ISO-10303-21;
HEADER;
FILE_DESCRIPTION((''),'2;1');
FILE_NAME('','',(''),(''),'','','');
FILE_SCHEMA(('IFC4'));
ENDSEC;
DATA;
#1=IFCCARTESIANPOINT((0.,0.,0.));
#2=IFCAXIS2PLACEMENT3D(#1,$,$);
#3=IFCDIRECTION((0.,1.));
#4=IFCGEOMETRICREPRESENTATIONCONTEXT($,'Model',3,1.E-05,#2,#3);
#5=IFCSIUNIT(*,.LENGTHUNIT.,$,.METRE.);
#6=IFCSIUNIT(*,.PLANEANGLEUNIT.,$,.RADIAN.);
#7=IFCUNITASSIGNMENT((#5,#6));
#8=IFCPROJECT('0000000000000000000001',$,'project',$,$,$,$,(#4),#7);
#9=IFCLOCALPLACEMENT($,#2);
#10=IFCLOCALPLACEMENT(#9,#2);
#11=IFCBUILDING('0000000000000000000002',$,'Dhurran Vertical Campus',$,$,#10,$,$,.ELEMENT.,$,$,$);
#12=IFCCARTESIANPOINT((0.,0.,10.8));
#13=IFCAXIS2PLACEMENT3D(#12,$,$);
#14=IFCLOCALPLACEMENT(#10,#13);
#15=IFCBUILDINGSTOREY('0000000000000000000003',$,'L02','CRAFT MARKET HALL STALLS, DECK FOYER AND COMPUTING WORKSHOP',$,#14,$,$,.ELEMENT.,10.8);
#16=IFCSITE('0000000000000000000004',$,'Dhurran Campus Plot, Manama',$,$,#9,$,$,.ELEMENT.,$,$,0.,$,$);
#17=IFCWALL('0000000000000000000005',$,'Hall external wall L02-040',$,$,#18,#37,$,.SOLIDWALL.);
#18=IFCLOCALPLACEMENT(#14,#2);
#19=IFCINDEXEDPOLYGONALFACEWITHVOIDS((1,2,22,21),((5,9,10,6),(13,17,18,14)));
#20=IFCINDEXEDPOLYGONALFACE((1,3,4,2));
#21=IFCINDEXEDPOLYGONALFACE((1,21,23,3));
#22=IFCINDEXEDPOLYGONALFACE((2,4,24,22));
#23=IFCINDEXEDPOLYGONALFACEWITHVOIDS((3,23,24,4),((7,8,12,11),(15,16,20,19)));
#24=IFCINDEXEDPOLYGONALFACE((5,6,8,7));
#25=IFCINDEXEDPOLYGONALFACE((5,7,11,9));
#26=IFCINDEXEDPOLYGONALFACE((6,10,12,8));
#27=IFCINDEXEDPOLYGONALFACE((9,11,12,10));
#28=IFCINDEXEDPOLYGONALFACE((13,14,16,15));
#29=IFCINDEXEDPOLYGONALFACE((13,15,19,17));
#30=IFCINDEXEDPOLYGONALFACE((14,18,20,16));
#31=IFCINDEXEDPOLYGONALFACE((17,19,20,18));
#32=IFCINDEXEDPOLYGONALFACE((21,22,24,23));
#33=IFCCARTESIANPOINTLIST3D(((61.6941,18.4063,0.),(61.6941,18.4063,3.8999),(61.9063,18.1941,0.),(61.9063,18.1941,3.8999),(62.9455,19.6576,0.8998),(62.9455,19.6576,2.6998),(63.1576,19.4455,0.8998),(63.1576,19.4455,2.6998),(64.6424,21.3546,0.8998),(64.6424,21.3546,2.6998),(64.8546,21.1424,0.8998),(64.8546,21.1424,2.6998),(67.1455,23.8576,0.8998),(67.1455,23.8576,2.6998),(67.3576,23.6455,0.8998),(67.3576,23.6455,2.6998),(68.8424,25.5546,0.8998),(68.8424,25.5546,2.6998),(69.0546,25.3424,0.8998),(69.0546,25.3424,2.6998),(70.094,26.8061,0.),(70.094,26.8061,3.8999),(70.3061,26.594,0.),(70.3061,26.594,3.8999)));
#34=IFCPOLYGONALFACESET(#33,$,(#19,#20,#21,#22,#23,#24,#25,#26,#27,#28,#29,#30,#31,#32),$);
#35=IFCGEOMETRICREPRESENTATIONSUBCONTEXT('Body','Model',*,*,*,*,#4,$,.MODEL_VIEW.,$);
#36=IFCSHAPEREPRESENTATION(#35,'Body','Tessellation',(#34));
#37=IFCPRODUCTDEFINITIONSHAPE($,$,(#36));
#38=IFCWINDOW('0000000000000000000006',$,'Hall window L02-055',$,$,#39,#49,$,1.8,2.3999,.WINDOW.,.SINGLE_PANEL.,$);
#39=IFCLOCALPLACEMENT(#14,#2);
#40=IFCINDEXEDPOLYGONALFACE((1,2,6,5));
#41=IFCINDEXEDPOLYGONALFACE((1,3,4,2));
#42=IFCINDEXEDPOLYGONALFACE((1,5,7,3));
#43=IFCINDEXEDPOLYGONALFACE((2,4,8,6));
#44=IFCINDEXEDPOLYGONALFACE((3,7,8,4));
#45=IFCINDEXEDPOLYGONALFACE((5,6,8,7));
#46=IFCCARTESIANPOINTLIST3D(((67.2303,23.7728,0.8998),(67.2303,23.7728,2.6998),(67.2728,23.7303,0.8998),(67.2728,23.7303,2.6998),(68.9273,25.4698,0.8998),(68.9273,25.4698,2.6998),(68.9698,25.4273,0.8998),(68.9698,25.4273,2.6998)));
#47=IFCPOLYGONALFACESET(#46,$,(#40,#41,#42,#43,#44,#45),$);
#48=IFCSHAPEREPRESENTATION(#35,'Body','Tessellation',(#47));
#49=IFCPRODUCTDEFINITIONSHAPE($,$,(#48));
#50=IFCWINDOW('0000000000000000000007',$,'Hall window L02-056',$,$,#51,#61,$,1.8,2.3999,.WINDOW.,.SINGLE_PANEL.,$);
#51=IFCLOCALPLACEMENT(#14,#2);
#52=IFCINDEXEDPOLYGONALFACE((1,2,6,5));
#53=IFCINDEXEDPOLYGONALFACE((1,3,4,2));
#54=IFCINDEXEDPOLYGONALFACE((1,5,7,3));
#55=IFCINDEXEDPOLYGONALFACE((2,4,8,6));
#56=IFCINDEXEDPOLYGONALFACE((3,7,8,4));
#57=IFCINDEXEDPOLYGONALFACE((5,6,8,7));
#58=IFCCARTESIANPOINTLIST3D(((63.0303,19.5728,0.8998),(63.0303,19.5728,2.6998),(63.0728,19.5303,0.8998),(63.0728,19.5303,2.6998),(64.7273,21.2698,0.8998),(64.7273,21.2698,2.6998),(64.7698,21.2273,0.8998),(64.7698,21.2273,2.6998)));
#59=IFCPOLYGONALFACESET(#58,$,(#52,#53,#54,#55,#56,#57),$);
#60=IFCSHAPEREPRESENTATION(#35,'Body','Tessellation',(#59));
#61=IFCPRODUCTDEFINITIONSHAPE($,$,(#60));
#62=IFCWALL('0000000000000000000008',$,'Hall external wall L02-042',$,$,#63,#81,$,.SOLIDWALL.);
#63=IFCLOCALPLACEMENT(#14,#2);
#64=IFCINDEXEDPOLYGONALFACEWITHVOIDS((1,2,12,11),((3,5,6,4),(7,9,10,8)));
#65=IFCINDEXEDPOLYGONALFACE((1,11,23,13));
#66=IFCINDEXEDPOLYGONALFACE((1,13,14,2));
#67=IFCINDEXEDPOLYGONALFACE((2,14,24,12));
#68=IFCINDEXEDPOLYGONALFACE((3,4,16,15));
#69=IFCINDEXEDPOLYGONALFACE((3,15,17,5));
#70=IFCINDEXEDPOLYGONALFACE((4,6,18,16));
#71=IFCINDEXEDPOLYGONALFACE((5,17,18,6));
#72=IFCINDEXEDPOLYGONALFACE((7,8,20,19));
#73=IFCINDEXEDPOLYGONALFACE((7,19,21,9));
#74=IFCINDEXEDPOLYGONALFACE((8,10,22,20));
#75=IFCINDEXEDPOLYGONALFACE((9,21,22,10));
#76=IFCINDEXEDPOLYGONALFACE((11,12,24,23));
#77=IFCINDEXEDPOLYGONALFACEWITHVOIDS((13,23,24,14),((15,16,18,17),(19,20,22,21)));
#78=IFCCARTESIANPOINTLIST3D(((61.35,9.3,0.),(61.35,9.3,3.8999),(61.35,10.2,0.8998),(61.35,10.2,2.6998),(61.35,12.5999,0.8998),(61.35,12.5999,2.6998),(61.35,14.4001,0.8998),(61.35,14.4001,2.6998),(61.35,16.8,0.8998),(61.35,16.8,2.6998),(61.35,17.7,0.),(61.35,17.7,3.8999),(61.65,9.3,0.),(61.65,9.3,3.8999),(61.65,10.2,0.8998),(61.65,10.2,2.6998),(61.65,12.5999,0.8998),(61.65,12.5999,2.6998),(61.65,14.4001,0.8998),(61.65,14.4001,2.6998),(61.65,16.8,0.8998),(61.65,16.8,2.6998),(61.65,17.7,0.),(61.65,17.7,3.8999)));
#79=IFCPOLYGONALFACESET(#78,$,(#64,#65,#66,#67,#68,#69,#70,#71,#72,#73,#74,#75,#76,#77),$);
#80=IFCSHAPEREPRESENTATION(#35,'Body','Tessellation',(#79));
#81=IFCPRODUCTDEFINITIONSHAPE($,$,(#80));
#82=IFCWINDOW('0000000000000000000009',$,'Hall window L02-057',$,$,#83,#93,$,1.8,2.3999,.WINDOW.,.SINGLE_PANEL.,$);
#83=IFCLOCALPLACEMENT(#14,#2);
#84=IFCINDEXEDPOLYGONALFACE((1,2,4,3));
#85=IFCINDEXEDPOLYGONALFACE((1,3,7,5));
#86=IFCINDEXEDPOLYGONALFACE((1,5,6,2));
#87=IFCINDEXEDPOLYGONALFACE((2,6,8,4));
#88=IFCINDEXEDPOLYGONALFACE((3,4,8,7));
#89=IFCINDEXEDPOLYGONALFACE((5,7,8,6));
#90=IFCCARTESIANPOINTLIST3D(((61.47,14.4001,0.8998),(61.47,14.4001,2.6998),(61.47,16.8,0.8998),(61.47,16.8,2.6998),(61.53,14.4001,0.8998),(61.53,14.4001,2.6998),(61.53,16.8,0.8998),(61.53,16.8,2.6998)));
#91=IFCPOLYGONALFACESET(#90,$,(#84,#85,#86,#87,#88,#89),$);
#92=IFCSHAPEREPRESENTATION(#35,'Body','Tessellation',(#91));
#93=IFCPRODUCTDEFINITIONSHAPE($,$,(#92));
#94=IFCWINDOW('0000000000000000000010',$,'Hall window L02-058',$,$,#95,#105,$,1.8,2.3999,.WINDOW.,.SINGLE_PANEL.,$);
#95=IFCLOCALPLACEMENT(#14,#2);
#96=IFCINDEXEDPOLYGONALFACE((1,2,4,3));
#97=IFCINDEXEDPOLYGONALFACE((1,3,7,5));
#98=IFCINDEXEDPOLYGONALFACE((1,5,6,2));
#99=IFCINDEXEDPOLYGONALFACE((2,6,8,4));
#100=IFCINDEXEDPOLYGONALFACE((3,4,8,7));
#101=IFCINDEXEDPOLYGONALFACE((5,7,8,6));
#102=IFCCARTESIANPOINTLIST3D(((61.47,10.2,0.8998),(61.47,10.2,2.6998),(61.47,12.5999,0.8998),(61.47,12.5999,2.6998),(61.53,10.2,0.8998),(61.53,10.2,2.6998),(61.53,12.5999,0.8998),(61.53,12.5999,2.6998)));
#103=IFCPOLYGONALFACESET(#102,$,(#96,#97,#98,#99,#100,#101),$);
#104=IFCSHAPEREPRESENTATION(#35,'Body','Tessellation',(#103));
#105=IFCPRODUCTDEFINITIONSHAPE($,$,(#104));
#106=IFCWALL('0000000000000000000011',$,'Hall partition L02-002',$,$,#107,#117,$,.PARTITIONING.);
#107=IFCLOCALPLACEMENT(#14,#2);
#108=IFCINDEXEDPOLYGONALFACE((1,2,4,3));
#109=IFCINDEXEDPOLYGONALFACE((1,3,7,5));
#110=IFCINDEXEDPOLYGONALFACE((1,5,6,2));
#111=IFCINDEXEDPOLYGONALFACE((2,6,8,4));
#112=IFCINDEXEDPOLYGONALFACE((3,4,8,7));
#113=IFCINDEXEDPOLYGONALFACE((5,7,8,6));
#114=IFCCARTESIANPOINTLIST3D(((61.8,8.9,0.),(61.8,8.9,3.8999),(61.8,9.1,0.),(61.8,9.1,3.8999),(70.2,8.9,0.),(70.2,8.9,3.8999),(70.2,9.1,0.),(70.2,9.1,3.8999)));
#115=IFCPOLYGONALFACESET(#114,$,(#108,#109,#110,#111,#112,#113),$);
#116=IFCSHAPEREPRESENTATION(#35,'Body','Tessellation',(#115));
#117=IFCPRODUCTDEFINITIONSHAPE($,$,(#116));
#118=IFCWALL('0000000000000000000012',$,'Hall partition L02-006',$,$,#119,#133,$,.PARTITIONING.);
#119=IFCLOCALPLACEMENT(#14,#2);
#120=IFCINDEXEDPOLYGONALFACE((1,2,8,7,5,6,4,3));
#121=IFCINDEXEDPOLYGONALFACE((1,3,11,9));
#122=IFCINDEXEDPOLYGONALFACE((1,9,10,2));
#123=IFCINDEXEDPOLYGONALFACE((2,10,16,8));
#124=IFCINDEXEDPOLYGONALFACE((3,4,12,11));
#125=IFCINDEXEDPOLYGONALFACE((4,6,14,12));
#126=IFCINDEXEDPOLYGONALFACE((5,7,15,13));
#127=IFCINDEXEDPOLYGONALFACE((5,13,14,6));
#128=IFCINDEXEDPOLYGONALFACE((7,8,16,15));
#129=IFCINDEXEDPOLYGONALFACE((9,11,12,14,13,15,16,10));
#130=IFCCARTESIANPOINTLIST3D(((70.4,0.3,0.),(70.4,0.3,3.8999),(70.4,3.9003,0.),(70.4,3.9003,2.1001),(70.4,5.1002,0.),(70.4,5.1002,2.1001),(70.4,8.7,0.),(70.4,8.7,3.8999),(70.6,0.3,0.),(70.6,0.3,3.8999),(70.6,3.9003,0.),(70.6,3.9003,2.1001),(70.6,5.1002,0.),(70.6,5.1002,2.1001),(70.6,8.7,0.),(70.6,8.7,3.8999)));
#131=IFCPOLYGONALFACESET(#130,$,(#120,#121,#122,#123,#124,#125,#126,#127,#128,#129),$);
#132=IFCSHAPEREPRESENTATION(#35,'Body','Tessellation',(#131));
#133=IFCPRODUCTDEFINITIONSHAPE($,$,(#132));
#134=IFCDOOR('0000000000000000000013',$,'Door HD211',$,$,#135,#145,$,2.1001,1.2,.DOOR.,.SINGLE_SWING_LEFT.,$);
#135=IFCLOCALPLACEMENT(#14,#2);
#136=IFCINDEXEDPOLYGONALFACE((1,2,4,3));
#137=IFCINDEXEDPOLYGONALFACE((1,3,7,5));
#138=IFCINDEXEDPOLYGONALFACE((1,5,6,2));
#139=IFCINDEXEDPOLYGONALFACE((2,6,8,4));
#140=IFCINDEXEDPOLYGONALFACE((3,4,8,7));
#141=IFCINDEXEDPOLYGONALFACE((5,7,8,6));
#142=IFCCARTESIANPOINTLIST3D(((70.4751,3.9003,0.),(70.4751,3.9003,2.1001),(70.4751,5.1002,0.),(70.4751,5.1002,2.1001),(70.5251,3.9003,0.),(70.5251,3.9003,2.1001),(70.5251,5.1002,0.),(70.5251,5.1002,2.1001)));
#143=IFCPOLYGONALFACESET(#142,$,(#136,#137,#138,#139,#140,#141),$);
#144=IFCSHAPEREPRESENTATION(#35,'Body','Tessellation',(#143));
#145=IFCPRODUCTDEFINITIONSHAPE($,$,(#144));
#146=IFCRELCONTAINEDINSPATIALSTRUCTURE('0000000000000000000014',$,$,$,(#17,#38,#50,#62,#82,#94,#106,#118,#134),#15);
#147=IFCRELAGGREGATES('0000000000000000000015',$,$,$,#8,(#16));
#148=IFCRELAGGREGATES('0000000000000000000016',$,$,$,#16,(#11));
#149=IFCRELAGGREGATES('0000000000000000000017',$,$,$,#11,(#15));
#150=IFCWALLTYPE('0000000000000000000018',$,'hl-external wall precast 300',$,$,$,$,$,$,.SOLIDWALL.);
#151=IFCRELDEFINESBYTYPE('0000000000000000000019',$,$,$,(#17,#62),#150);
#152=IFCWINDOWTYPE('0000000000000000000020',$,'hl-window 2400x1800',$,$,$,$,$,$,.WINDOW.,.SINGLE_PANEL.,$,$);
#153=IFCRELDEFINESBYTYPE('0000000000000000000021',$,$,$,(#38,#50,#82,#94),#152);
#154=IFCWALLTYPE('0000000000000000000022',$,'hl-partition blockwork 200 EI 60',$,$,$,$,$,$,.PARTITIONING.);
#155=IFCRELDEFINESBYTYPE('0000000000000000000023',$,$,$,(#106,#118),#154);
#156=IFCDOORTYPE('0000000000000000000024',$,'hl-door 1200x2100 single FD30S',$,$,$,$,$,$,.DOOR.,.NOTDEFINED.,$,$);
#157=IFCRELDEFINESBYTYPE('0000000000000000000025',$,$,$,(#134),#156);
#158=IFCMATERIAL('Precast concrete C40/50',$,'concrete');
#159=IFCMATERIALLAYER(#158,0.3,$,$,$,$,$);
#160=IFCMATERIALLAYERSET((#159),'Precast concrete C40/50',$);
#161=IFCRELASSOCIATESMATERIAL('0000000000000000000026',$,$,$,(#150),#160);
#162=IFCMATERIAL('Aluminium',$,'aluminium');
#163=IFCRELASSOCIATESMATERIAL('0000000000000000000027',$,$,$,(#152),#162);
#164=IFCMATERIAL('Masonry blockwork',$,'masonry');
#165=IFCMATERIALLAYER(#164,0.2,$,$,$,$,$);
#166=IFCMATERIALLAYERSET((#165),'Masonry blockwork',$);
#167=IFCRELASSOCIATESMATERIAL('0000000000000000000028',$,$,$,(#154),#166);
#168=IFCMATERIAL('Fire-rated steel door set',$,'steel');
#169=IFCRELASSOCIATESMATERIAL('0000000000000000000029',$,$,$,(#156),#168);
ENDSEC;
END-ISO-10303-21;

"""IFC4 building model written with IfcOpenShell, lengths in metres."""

from ifc_helpers import new_model, si_unit, direction, frame, frame_2d, origin, place, context, subcontext, project, spatial, rectangle, extrude, material, layer, layer_set, type_object, element, fill, save


model = new_model("IFC4")

# Units and contexts
model_context = context("Model", 3, precision=1e-05, world=origin(), true_north=direction((0.0, 1.0)))
body_context = subcontext(model_context, "Body", "Model", "MODEL_VIEW")
ifc_project = project(units=[si_unit("LENGTHUNIT", "METRE"), si_unit("PLANEANGLEUNIT", "RADIAN")], contexts=[model_context])

# Site, building, storey
site_placement = place(None, origin())
site = spatial("IfcSite", under=ifc_project, at=site_placement, Name="Dhurran Campus Plot, Manama", CompositionType="ELEMENT", RefElevation=0.0)
building_placement = place(site_placement, origin())
building = spatial("IfcBuilding", under=site, at=building_placement, Name="Dhurran Vertical Campus", CompositionType="ELEMENT")
storey_placement = place(building_placement, frame((0.0, 0.0, 10.8)))
storey = spatial("IfcBuildingStorey", under=building, at=storey_placement, Name="L02", Description="CRAFT MARKET HALL STALLS, DECK FOYER AND COMPUTING WORKSHOP", CompositionType="ELEMENT", Elevation=10.8)

# Walls, openings, windows
ifc_material_1 = material(Name="Precast concrete C40/50", Category="concrete")
ifc_layer_1 = layer(ifc_material_1, 0.3)
ifc_layer_set_1 = layer_set([ifc_layer_1], Name="Precast concrete C40/50")
wall_type_1 = type_object("IfcWallType", Name="hl-external wall precast 300", PredefinedType="SOLIDWALL", material=ifc_layer_set_1)
wall_1_placement = place(storey_placement, frame((70.2, 26.7, 0.0), z_axis=(0.0, 0.0, 1.0), x_axis=(-0.707107, -0.707107, 0.0)))
wall_1 = element("IfcWall", 1, at=wall_1_placement, inside=storey, type_object=wall_type_1, Name="Hall external wall L02-040", PredefinedType="SOLIDWALL", context=body_context, shape_type="SweptSolid", body=[
    extrude(rectangle(XDim=11.8792, YDim=0.3, at=frame_2d((5.9395, 0.0))), origin(), (0.0, 0.0, 1.0), 3.8999),
])
opening_1_placement = place(wall_1_placement, frame((1.7698, 0.0, 0.8999)))
opening_1 = element("IfcOpeningElement", 2, at=opening_1_placement, cuts=wall_1, PredefinedType="OPENING", context=body_context, shape_type="SweptSolid", body=[
    extrude(rectangle(XDim=2.3999, YDim=1.8, at=frame_2d((1.2, 0.8999))), frame((0.0, 0.1599, 0.0), z_axis=(0.0, -1.0, 0.0), x_axis=(1.0, 0.0, 0.0)), (0.0, 0.0, 1.0), 0.3201),
])
opening_2_placement = place(wall_1_placement, frame((7.7095, 0.0, 0.8999)))
opening_2 = element("IfcOpeningElement", 3, at=opening_2_placement, cuts=wall_1, PredefinedType="OPENING", context=body_context, shape_type="SweptSolid", body=[
    extrude(rectangle(XDim=2.3999, YDim=1.8, at=frame_2d((1.2, 0.8999))), frame((0.0, 0.1599, 0.0), z_axis=(0.0, -1.0, 0.0), x_axis=(1.0, 0.0, 0.0)), (0.0, 0.0, 1.0), 0.3201),
])
ifc_material_2 = material(Name="Aluminium", Category="aluminium")
window_type = type_object("IfcWindowType", Name="hl-window 2400x1800", PartitioningType="SINGLE_PANEL", PredefinedType="WINDOW", material=ifc_material_2)
window_1_placement = place(opening_1_placement, origin())
window_1 = element("IfcWindow", 4, at=window_1_placement, inside=storey, type_object=window_type, Name="Hall window L02-055", OverallHeight=1.8, OverallWidth=2.3999, PartitioningType="SINGLE_PANEL", PredefinedType="WINDOW", context=body_context, shape_type="SweptSolid", body=[
    extrude(rectangle(XDim=2.3999, YDim=1.8, at=frame_2d((1.2, 0.8999))), frame((0.0, 0.03, 0.0), z_axis=(0.0, -1.0, 0.0), x_axis=(1.0, 0.0, 0.0)), (0.0, 0.0, 1.0), 0.0601),
])
fill(opening_1, window_1)
window_2_placement = place(opening_2_placement, origin())
window_2 = element("IfcWindow", 5, at=window_2_placement, inside=storey, type_object=window_type, Name="Hall window L02-056", OverallHeight=1.8, OverallWidth=2.3999, PartitioningType="SINGLE_PANEL", PredefinedType="WINDOW", context=body_context, shape_type="SweptSolid", body=[
    extrude(rectangle(XDim=2.3999, YDim=1.8, at=frame_2d((1.2, 0.8999))), frame((0.0, 0.03, 0.0), z_axis=(0.0, -1.0, 0.0), x_axis=(1.0, 0.0, 0.0)), (0.0, 0.0, 1.0), 0.0601),
])
fill(opening_2, window_2)
wall_2_placement = place(storey_placement, frame((61.5, 17.7, 0.0), z_axis=(0.0, 0.0, 1.0), x_axis=(0.0, -1.0, 0.0)))
wall_2 = element("IfcWall", 6, at=wall_2_placement, inside=storey, type_object=wall_type_1, Name="Hall external wall L02-042", PredefinedType="SOLIDWALL", context=body_context, shape_type="SweptSolid", body=[
    extrude(rectangle(XDim=8.3999, YDim=0.3, at=frame_2d((4.2, 0.0))), origin(), (0.0, 0.0, 1.0), 3.8999),
])
opening_3_placement = place(wall_2_placement, frame((0.8999, 0.0, 0.8999)))
opening_3 = element("IfcOpeningElement", 7, at=opening_3_placement, cuts=wall_2, PredefinedType="OPENING", context=body_context, shape_type="SweptSolid", body=[
    extrude(rectangle(XDim=2.3999, YDim=1.8, at=frame_2d((1.2, 0.8999))), frame((0.0, 0.1599, 0.0), z_axis=(0.0, -1.0, 0.0), x_axis=(1.0, 0.0, 0.0)), (0.0, 0.0, 1.0), 0.3201),
])
opening_4_placement = place(wall_2_placement, frame((5.1001, 0.0, 0.8999)))
opening_4 = element("IfcOpeningElement", 8, at=opening_4_placement, cuts=wall_2, PredefinedType="OPENING", context=body_context, shape_type="SweptSolid", body=[
    extrude(rectangle(XDim=2.3999, YDim=1.8, at=frame_2d((1.2, 0.8999))), frame((0.0, 0.1599, 0.0), z_axis=(0.0, -1.0, 0.0), x_axis=(1.0, 0.0, 0.0)), (0.0, 0.0, 1.0), 0.3201),
])
window_3_placement = place(opening_3_placement, origin())
window_3 = element("IfcWindow", 9, at=window_3_placement, inside=storey, type_object=window_type, Name="Hall window L02-057", OverallHeight=1.8, OverallWidth=2.3999, PartitioningType="SINGLE_PANEL", PredefinedType="WINDOW", context=body_context, shape_type="SweptSolid", body=[
    extrude(rectangle(XDim=2.3999, YDim=1.8, at=frame_2d((1.2, 0.8999))), frame((0.0, 0.03, 0.0), z_axis=(0.0, -1.0, 0.0), x_axis=(1.0, 0.0, 0.0)), (0.0, 0.0, 1.0), 0.0601),
])
fill(opening_3, window_3)
window_4_placement = place(opening_4_placement, origin())
window_4 = element("IfcWindow", 10, at=window_4_placement, inside=storey, type_object=window_type, Name="Hall window L02-058", OverallHeight=1.8, OverallWidth=2.3999, PartitioningType="SINGLE_PANEL", PredefinedType="WINDOW", context=body_context, shape_type="SweptSolid", body=[
    extrude(rectangle(XDim=2.3999, YDim=1.8, at=frame_2d((1.2, 0.8999))), frame((0.0, 0.03, 0.0), z_axis=(0.0, -1.0, 0.0), x_axis=(1.0, 0.0, 0.0)), (0.0, 0.0, 1.0), 0.0601),
])
fill(opening_4, window_4)

# Wall
ifc_material_3 = material(Name="Masonry blockwork", Category="masonry")
ifc_layer_2 = layer(ifc_material_3, 0.2)
ifc_layer_set_2 = layer_set([ifc_layer_2], Name="Masonry blockwork")
wall_type_2 = type_object("IfcWallType", Name="hl-partition blockwork 200 EI 60", PredefinedType="PARTITIONING", material=ifc_layer_set_2)
wall_3_placement = place(storey_placement, frame((61.8, 9.0, 0.0), z_axis=(0.0, 0.0, 1.0), x_axis=(1.0, 0.0, 0.0)))
element("IfcWall", 11, at=wall_3_placement, inside=storey, type_object=wall_type_2, Name="Hall partition L02-002", PredefinedType="PARTITIONING", context=body_context, shape_type="SweptSolid", body=[
    extrude(rectangle(XDim=8.3999, YDim=0.2, at=frame_2d((4.2, 0.0))), origin(), (0.0, 0.0, 1.0), 3.8999),
])

# Wall, opening, door
wall_4_placement = place(storey_placement, frame((70.5, 0.3, 0.0), z_axis=(0.0, 0.0, 1.0), x_axis=(0.0, 1.0, 0.0)))
wall_4 = element("IfcWall", 12, at=wall_4_placement, inside=storey, type_object=wall_type_2, Name="Hall partition L02-006", PredefinedType="PARTITIONING", context=body_context, shape_type="SweptSolid", body=[
    extrude(rectangle(XDim=8.3999, YDim=0.2, at=frame_2d((4.2, 0.0))), origin(), (0.0, 0.0, 1.0), 3.8999),
])
opening_5_placement = place(wall_4_placement, frame((3.6001, 0.0, 0.0)))
opening_5 = element("IfcOpeningElement", 13, at=opening_5_placement, cuts=wall_4, PredefinedType="OPENING", context=body_context, shape_type="SweptSolid", body=[
    extrude(rectangle(XDim=1.2, YDim=2.1001, at=frame_2d((0.6001, 1.05))), frame((0.0, 0.1099, 0.0), z_axis=(0.0, -1.0, 0.0), x_axis=(1.0, 0.0, 0.0)), (0.0, 0.0, 1.0), 0.22),
])
ifc_material_4 = material(Name="Fire-rated steel door set", Category="steel")
door_type = type_object("IfcDoorType", Name="hl-door 1200x2100 single FD30S", OperationType="NOTDEFINED", PredefinedType="DOOR", material=ifc_material_4)
door_1_placement = place(opening_5_placement, origin())
door_1 = element("IfcDoor", 14, at=door_1_placement, inside=storey, type_object=door_type, Name="Door HD211", OperationType="SINGLE_SWING_LEFT", OverallHeight=2.1001, OverallWidth=1.2, PredefinedType="DOOR", context=body_context, shape_type="SweptSolid", body=[
    extrude(rectangle(XDim=1.2, YDim=2.1001, at=frame_2d((0.6001, 1.05))), frame((0.0, 0.0249, 0.0), z_axis=(0.0, -1.0, 0.0), x_axis=(1.0, 0.0, 0.0)), (0.0, 0.0, 1.0), 0.05),
])
fill(opening_5, door_1)

save(model, "model.ifc")
